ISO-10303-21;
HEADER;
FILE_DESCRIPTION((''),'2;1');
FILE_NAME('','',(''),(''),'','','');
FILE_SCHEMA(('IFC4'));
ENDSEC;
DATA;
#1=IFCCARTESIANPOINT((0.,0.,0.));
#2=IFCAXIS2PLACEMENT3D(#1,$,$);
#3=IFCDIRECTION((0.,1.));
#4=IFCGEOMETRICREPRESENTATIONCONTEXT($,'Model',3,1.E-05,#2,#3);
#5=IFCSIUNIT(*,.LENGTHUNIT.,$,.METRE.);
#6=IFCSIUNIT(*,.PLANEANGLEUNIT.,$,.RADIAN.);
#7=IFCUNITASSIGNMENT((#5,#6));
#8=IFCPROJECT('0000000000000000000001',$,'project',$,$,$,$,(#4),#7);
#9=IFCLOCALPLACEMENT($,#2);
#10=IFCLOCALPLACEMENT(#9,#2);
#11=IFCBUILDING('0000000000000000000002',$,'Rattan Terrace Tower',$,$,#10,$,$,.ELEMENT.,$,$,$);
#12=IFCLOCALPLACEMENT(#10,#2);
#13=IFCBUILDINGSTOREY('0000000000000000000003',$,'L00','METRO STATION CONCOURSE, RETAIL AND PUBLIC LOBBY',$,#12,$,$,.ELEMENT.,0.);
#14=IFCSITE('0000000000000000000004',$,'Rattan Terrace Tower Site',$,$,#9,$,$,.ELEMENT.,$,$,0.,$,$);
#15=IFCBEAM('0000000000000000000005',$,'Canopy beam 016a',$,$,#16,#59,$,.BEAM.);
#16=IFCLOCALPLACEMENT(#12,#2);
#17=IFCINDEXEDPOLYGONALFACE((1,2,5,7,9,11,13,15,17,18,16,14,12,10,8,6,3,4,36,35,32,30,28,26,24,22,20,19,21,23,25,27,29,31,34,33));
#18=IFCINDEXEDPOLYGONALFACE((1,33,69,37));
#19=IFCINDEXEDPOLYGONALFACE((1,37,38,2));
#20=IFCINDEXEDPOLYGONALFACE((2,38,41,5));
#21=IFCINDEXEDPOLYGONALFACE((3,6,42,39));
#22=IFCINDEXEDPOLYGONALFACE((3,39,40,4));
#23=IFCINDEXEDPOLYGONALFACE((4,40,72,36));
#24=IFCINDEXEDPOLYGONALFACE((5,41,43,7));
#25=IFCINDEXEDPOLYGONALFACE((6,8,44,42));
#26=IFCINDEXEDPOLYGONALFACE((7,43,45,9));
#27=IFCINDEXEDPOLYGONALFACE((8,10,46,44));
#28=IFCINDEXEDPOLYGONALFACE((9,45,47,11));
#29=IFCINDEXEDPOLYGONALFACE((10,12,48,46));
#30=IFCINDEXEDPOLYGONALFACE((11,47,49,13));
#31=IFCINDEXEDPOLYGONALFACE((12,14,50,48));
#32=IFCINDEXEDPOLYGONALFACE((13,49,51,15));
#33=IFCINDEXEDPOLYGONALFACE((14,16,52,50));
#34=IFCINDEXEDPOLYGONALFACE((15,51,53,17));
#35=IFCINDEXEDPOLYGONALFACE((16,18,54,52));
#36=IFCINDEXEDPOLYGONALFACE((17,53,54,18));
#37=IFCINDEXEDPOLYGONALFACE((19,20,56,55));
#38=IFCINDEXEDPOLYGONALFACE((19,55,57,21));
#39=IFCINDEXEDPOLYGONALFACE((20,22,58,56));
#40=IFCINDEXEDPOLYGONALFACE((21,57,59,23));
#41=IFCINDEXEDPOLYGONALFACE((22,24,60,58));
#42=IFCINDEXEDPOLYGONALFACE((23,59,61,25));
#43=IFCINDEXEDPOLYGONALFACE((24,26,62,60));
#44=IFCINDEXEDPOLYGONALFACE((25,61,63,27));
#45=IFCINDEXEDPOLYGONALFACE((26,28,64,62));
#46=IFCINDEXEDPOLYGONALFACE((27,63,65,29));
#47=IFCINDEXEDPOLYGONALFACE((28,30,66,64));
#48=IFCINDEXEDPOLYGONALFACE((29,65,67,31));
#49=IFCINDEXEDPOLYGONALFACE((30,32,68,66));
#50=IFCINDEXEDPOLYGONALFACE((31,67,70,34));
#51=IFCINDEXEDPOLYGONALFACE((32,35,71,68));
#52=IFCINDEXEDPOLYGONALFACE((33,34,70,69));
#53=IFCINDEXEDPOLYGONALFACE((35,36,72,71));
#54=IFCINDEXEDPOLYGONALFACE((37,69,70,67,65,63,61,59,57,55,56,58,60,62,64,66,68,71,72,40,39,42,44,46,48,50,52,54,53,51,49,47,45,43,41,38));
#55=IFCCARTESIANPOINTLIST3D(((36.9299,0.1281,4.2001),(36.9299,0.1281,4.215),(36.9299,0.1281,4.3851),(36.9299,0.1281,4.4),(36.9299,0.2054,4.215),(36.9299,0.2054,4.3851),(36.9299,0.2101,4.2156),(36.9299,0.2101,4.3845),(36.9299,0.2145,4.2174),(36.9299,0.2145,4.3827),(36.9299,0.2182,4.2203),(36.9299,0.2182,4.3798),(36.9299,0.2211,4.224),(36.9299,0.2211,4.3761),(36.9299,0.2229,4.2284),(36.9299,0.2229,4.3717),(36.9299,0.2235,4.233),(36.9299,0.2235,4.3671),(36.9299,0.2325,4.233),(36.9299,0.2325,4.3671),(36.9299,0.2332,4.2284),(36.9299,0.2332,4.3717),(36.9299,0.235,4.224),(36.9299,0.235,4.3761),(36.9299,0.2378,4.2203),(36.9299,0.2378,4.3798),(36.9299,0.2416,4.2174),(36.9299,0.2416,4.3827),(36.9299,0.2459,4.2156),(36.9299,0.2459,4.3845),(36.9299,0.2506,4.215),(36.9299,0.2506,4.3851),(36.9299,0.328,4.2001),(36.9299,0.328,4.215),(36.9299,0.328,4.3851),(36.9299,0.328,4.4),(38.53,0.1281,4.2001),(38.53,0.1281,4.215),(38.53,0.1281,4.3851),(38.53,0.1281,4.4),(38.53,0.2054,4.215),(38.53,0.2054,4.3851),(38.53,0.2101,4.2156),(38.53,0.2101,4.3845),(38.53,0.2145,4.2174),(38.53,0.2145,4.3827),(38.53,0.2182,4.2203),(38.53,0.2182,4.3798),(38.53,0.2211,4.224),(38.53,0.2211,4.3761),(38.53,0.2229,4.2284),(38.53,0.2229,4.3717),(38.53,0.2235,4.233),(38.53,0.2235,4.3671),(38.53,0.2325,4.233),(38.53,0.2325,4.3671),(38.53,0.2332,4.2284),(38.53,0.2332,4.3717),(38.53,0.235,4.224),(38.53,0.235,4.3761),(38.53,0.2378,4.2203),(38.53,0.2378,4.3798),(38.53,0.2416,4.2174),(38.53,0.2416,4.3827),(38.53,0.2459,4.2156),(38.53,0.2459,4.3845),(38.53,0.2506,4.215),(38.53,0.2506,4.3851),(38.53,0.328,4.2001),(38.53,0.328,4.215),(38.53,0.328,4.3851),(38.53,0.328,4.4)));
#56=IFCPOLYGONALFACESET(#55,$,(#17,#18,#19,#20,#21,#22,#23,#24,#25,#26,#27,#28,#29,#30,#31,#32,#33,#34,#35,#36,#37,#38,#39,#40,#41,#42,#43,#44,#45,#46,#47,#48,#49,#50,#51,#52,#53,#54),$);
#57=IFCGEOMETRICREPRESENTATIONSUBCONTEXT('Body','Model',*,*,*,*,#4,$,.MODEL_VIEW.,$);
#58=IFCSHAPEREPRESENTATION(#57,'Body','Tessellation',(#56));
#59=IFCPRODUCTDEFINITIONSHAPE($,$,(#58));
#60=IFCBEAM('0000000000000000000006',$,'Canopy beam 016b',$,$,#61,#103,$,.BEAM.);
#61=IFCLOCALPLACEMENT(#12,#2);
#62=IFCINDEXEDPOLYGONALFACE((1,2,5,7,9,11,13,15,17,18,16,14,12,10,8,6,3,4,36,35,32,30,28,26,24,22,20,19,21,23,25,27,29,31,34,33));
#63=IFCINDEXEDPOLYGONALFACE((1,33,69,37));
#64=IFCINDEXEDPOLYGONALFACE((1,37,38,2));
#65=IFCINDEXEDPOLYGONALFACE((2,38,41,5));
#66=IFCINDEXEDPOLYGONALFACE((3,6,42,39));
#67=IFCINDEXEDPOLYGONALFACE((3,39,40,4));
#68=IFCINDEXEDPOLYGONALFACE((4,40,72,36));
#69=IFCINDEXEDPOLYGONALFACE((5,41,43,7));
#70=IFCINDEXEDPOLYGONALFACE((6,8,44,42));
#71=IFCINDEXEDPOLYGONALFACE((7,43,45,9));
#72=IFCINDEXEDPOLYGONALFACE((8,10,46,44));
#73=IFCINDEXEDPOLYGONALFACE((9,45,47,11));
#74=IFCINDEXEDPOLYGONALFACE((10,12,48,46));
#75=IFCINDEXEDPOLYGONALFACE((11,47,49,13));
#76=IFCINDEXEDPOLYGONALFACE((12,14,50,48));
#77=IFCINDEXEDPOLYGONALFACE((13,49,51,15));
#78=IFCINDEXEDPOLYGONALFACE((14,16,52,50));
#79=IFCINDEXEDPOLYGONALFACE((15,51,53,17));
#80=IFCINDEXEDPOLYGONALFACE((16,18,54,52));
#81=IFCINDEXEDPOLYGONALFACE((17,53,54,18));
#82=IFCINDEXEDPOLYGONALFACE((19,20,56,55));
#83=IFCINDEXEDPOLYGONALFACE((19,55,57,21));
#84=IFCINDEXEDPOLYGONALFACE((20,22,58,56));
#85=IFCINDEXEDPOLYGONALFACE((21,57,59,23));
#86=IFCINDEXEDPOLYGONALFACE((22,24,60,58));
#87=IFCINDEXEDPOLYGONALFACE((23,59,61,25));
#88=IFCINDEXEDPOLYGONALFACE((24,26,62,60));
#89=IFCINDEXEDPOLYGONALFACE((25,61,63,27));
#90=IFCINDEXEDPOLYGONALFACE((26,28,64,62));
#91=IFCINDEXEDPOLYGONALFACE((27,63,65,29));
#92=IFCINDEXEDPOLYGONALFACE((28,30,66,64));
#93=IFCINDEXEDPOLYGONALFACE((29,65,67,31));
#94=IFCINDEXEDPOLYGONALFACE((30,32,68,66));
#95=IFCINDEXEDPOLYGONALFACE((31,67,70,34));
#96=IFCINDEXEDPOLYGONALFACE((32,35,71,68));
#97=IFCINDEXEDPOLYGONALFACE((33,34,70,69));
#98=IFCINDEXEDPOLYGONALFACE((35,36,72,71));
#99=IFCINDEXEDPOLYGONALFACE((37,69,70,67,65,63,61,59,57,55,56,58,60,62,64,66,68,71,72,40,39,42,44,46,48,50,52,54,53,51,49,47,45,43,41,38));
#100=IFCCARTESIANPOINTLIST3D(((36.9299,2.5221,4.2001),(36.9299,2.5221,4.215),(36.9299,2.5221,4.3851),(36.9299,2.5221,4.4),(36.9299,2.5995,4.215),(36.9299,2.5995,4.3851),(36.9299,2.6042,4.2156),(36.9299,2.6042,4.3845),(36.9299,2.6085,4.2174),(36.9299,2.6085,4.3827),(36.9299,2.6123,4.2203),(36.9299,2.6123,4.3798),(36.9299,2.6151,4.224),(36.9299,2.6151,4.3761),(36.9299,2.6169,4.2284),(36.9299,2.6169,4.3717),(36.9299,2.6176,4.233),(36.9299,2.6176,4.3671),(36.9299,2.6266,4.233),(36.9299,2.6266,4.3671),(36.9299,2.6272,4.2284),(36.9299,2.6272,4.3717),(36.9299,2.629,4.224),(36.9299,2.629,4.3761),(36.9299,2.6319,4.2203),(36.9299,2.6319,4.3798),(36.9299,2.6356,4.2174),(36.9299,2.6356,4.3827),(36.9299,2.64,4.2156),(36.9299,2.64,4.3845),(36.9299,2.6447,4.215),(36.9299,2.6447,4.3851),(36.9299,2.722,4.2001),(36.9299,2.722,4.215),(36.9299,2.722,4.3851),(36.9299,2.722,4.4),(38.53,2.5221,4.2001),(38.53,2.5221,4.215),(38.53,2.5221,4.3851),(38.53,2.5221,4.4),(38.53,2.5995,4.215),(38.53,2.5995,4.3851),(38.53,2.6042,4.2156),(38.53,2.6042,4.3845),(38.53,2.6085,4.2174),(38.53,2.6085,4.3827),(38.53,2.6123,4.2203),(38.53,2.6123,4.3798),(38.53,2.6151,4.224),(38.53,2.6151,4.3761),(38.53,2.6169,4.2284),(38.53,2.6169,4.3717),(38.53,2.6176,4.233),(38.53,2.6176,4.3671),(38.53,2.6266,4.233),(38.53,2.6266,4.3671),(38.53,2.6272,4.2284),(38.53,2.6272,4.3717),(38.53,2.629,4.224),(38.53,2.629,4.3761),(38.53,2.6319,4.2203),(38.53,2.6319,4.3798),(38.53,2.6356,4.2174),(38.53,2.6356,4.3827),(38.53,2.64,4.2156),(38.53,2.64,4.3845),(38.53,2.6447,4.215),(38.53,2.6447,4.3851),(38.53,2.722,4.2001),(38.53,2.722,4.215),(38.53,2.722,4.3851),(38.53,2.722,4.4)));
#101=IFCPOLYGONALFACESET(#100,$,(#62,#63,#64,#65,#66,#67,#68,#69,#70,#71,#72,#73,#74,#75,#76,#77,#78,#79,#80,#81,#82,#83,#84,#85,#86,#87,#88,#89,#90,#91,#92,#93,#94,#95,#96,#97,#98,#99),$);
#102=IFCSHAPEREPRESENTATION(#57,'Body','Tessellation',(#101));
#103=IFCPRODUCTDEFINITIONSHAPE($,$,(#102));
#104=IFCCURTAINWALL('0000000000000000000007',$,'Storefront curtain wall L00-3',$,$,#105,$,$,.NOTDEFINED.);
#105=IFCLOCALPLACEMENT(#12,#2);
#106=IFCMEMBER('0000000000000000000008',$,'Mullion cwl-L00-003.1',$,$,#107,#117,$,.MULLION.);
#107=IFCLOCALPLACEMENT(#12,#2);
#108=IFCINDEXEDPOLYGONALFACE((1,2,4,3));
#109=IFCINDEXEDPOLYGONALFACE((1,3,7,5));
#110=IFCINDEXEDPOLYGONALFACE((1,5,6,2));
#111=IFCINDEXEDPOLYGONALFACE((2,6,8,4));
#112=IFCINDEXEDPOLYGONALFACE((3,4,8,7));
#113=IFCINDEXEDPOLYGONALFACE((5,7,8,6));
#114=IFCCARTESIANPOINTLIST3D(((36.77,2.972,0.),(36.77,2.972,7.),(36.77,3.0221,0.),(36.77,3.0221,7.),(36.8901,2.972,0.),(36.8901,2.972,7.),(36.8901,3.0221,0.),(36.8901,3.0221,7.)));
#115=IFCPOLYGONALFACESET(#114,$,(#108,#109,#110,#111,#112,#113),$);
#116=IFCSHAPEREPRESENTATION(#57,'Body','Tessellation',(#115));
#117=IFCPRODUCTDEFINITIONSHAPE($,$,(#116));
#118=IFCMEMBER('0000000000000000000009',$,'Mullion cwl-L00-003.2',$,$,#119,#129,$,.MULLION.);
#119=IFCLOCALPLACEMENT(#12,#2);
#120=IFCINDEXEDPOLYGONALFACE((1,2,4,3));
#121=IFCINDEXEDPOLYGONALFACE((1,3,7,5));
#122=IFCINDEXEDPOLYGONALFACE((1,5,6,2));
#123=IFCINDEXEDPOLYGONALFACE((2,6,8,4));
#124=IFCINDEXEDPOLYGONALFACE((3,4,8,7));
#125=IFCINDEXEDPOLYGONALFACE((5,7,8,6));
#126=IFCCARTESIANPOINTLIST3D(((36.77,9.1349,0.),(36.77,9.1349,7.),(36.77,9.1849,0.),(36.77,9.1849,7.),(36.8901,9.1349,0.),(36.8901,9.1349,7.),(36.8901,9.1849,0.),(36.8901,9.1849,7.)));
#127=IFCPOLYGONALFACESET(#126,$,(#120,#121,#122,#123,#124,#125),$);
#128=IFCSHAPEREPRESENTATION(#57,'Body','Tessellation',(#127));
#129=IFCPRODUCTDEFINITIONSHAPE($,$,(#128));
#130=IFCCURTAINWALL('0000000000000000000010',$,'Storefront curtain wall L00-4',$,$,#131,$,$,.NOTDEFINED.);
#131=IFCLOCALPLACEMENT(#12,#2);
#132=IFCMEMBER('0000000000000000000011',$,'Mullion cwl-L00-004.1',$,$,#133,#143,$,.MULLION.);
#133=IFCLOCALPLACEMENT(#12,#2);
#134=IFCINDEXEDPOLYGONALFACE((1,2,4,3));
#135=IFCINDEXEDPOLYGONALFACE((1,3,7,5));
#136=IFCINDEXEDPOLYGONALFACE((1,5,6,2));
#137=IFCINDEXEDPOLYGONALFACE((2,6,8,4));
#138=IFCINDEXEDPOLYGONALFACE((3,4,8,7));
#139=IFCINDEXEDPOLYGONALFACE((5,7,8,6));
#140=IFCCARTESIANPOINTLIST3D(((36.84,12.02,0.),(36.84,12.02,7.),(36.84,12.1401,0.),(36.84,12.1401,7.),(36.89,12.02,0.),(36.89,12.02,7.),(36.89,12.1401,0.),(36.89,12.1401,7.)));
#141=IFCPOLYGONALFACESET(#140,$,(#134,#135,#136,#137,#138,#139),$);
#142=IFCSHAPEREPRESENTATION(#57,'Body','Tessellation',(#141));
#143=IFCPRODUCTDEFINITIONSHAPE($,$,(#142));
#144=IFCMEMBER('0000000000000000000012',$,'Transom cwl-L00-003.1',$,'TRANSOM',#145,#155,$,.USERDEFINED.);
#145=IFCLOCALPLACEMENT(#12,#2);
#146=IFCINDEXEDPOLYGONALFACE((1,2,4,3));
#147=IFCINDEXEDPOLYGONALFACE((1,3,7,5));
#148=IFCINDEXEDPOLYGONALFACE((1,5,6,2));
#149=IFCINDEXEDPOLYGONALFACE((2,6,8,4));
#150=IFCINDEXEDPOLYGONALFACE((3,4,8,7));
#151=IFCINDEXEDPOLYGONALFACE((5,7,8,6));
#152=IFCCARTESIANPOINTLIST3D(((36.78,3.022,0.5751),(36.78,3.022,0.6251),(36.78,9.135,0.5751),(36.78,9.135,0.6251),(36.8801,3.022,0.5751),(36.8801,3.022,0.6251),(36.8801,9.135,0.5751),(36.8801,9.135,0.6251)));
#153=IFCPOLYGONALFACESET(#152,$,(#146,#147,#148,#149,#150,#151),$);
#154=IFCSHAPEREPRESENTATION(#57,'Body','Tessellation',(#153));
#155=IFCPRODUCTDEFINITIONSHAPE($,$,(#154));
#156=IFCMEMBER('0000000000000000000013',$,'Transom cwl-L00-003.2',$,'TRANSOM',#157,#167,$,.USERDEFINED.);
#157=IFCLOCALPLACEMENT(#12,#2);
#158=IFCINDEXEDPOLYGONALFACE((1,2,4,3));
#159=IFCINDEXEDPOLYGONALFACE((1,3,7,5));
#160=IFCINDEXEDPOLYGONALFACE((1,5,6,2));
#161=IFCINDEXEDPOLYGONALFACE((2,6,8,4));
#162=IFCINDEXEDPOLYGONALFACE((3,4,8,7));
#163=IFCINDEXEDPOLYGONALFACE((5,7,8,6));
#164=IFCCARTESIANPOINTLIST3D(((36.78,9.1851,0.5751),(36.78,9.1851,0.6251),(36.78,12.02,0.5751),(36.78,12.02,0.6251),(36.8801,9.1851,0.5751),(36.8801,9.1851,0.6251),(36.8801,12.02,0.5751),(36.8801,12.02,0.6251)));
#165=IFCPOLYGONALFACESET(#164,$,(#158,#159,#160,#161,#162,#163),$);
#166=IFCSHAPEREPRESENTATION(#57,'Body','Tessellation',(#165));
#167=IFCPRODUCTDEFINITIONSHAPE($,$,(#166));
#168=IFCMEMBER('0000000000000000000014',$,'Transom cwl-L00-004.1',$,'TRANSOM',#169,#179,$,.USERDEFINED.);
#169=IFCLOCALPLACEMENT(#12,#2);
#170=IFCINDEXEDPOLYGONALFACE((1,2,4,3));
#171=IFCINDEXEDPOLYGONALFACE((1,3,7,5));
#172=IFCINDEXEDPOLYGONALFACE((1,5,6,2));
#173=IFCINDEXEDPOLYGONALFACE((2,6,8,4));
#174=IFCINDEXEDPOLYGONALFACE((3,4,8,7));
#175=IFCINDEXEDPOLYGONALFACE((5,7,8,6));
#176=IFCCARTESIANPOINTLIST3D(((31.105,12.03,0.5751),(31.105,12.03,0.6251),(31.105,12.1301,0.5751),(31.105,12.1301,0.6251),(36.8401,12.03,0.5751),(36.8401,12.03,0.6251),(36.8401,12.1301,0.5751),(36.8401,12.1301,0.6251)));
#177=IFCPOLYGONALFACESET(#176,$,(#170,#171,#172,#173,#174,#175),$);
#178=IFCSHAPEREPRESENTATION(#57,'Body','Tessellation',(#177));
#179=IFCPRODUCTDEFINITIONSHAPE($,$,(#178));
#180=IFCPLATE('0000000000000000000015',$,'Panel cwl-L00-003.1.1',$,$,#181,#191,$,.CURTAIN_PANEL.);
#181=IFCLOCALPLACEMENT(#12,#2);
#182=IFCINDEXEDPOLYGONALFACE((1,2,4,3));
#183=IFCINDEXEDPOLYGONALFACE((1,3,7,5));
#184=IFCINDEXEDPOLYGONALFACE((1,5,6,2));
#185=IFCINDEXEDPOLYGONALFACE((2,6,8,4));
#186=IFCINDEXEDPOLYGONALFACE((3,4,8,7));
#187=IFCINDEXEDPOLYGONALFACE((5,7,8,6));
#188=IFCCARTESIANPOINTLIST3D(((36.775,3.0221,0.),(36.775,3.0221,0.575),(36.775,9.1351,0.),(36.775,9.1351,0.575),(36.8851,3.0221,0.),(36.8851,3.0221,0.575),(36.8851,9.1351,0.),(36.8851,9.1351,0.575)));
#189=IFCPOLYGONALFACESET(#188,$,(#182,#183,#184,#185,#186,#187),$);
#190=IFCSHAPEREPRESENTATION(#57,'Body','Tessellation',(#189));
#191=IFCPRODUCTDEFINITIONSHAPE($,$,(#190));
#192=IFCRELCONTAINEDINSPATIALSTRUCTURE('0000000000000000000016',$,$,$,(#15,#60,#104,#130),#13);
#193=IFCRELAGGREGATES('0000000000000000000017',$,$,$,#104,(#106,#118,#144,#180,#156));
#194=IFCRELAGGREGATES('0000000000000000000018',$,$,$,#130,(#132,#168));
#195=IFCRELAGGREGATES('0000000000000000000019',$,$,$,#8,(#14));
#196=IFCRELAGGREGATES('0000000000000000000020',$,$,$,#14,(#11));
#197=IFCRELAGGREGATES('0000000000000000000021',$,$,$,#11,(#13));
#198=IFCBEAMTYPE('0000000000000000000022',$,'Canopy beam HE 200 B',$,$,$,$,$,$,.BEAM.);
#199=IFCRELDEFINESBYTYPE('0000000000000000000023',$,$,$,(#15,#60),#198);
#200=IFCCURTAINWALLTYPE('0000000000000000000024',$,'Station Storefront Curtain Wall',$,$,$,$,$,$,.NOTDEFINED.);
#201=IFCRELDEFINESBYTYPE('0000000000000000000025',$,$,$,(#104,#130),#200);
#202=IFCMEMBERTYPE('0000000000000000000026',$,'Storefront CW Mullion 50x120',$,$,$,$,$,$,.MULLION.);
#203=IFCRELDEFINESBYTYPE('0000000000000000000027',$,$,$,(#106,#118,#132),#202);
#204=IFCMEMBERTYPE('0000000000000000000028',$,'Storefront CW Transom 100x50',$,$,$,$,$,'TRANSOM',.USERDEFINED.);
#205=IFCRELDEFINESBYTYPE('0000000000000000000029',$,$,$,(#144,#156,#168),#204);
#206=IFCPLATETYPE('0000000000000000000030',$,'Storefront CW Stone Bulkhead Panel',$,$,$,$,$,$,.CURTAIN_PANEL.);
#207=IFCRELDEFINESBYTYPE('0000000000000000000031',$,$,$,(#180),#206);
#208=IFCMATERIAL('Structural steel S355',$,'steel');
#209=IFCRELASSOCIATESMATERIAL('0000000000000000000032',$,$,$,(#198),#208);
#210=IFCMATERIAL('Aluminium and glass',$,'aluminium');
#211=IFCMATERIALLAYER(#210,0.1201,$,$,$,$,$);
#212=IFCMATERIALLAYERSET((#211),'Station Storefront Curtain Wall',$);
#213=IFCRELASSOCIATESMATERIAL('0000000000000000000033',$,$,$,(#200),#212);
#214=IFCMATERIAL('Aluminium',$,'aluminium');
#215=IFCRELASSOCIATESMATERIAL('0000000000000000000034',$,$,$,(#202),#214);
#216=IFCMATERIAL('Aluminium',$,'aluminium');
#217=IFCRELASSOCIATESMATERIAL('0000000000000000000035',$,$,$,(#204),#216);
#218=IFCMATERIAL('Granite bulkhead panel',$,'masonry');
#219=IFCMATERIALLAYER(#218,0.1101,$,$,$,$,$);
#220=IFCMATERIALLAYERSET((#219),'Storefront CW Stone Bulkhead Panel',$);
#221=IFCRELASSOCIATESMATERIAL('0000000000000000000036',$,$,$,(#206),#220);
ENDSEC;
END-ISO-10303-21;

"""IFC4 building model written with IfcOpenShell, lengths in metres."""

from ifc_helpers import new_model, si_unit, direction, frame, origin, origin_2d, place, context, subcontext, project, spatial, rectangle, i_section, extrude, material, layer, layer_set, material_profile, profile_set, type_object, element, aggregate, save


model = new_model("IFC4")

# Units and contexts
model_context = context("Model", 3, precision=1e-05, world=origin(), true_north=direction((0.0, 1.0)))
body_context = subcontext(model_context, "Body", "Model", "MODEL_VIEW")
ifc_project = project(units=[si_unit("LENGTHUNIT", "METRE"), si_unit("PLANEANGLEUNIT", "RADIAN")], contexts=[model_context])

# Site, building, storey
site_placement = place(None, origin())
site = spatial("IfcSite", under=ifc_project, at=site_placement, Name="Rattan Terrace Tower Site", CompositionType="ELEMENT", RefElevation=0.0)
building_placement = place(site_placement, origin())
building = spatial("IfcBuilding", under=site, at=building_placement, Name="Rattan Terrace Tower", CompositionType="ELEMENT")
storey_placement = place(building_placement, origin())
storey = spatial("IfcBuildingStorey", under=building, at=storey_placement, Name="L00", Description="METRO STATION CONCOURSE, RETAIL AND PUBLIC LOBBY", CompositionType="ELEMENT", Elevation=0.0)

# Beams
ifc_material_1 = material(Name="Structural steel S355", Category="steel")
ifc_material_profile_1 = material_profile(ifc_material_1, i_section(OverallWidth=0.2, OverallDepth=0.2, WebThickness=0.009, FlangeThickness=0.0149, FilletRadius=0.0181, at=origin_2d()), Name="HE 200 B")
ifc_profile_set_1 = profile_set([ifc_material_profile_1], Name="Structural steel S355")
beam_type = type_object("IfcBeamType", Name="Canopy beam HE 200 B", PredefinedType="BEAM", material=ifc_profile_set_1)
for number, where, z_axis, x_axis, name in (
    (1, (36.9299, 0.228, 4.3), (1.0, 0.0, 0.0), (0.0, 1.0, 0.0), "Canopy beam 016a"),
    (2, (36.9299, 2.6221, 4.3), (1.0, 0.0, 0.0), (0.0, 1.0, 0.0), "Canopy beam 016b"),
):
    element("IfcBeam", number, at=place(storey_placement, frame(where, z_axis=z_axis, x_axis=x_axis)), inside=storey, type_object=beam_type, Name=name, PredefinedType="BEAM", context=body_context, shape_type="SweptSolid", body=[
        extrude(i_section(OverallWidth=0.2, OverallDepth=0.2, WebThickness=0.009, FlangeThickness=0.0149, FilletRadius=0.0181, at=origin_2d()), origin(), (0.0, 0.0, 1.0), 1.6001),
    ])

# Curtain wall, members
ifc_material_2 = material(Name="Aluminium and glass", Category="aluminium")
ifc_layer_1 = layer(ifc_material_2, 0.1201)
ifc_layer_set_1 = layer_set([ifc_layer_1], Name="Station Storefront Curtain Wall")
curtain_wall_type = type_object("IfcCurtainWallType", Name="Station Storefront Curtain Wall", PredefinedType="NOTDEFINED", material=ifc_layer_set_1)
curtain_wall_1_placement = place(storey_placement, origin())
curtain_wall_1 = element("IfcCurtainWall", 3, at=curtain_wall_1_placement, inside=storey, type_object=curtain_wall_type, Name="Storefront curtain wall L00-3", PredefinedType="NOTDEFINED")
ifc_material_3 = material(Name="Aluminium", Category="aluminium")
ifc_material_profile_2 = material_profile(ifc_material_3, rectangle(XDim=0.05, YDim=0.1201, at=origin_2d()), Name="Aluminium 50x120")
ifc_profile_set_2 = profile_set([ifc_material_profile_2], Name="Aluminium")
member_type_1 = type_object("IfcMemberType", Name="Storefront CW Mullion 50x120", PredefinedType="MULLION", material=ifc_profile_set_2)
member_1_placement = place(storey_placement, frame((36.8301, 2.9971, 0.0), z_axis=(0.0, 0.0, 1.0), x_axis=(0.0, 1.0, 0.0)))
member_1 = element("IfcMember", 4, at=member_1_placement, type_object=member_type_1, Name="Mullion cwl-L00-003.1", PredefinedType="MULLION", context=body_context, shape_type="SweptSolid", body=[
    extrude(rectangle(XDim=0.05, YDim=0.1201, at=origin_2d()), origin(), (0.0, 0.0, 1.0), 7.0),
])
member_2_placement = place(storey_placement, frame((36.8301, 9.1599, 0.0), z_axis=(0.0, 0.0, 1.0), x_axis=(0.0, 1.0, 0.0)))
member_2 = element("IfcMember", 5, at=member_2_placement, type_object=member_type_1, Name="Mullion cwl-L00-003.2", PredefinedType="MULLION", context=body_context, shape_type="SweptSolid", body=[
    extrude(rectangle(XDim=0.05, YDim=0.1201, at=origin_2d()), origin(), (0.0, 0.0, 1.0), 7.0),
])

# Curtain wall, member
curtain_wall_2_placement = place(storey_placement, origin())
curtain_wall_2 = element("IfcCurtainWall", 6, at=curtain_wall_2_placement, inside=storey, type_object=curtain_wall_type, Name="Storefront curtain wall L00-4", PredefinedType="NOTDEFINED")
member_3_placement = place(storey_placement, frame((36.865, 12.0801, 0.0), z_axis=(0.0, 0.0, 1.0), x_axis=(-1.0, 0.0, 0.0)))
member_3 = element("IfcMember", 7, at=member_3_placement, type_object=member_type_1, Name="Mullion cwl-L00-004.1", PredefinedType="MULLION", context=body_context, shape_type="SweptSolid", body=[
    extrude(rectangle(XDim=0.05, YDim=0.1201, at=origin_2d()), origin(), (0.0, 0.0, 1.0), 7.0),
])

# Members
ifc_material_4 = material(Name="Aluminium", Category="aluminium")
ifc_material_profile_3 = material_profile(ifc_material_4, rectangle(XDim=0.1001, YDim=0.05, at=origin_2d()), Name="Aluminium 100x50")
ifc_profile_set_3 = profile_set([ifc_material_profile_3], Name="Aluminium")
member_type_2 = type_object("IfcMemberType", Name="Storefront CW Transom 100x50", ElementType="TRANSOM", PredefinedType="USERDEFINED", material=ifc_profile_set_3)
member_4_placement = place(storey_placement, frame((36.8301, 3.022, 0.6001), z_axis=(0.0, 1.0, 0.0), x_axis=(-1.0, 0.0, 0.0)))
member_4 = element("IfcMember", 8, at=member_4_placement, type_object=member_type_2, Name="Transom cwl-L00-003.1", ObjectType="TRANSOM", PredefinedType="USERDEFINED", context=body_context, shape_type="SweptSolid", body=[
    extrude(rectangle(XDim=0.1001, YDim=0.05, at=origin_2d()), origin(), (0.0, 0.0, 1.0), 6.113),
])
member_5_placement = place(storey_placement, frame((36.8301, 9.1851, 0.6001), z_axis=(0.0, 1.0, 0.0), x_axis=(-1.0, 0.0, 0.0)))
member_5 = element("IfcMember", 9, at=member_5_placement, type_object=member_type_2, Name="Transom cwl-L00-003.2", ObjectType="TRANSOM", PredefinedType="USERDEFINED", context=body_context, shape_type="SweptSolid", body=[
    extrude(rectangle(XDim=0.1001, YDim=0.05, at=origin_2d()), origin(), (0.0, 0.0, 1.0), 2.835),
])
member_6_placement = place(storey_placement, frame((36.8401, 12.0801, 0.6001), z_axis=(-1.0, 0.0, 0.0), x_axis=(0.0, -1.0, 0.0)))
member_6 = element("IfcMember", 10, at=member_6_placement, type_object=member_type_2, Name="Transom cwl-L00-004.1", ObjectType="TRANSOM", PredefinedType="USERDEFINED", context=body_context, shape_type="SweptSolid", body=[
    extrude(rectangle(XDim=0.1001, YDim=0.05, at=origin_2d()), origin(), (0.0, 0.0, 1.0), 5.7351),
])

# Plate
ifc_material_5 = material(Name="Granite bulkhead panel", Category="masonry")
ifc_layer_2 = layer(ifc_material_5, 0.1101)
ifc_layer_set_2 = layer_set([ifc_layer_2], Name="Storefront CW Stone Bulkhead Panel")
plate_type_1 = type_object("IfcPlateType", Name="Storefront CW Stone Bulkhead Panel", PredefinedType="CURTAIN_PANEL", material=ifc_layer_set_2)
plate_1_placement = place(storey_placement, frame((36.8301, 6.0786, 0.0), z_axis=(0.0, 0.0, 1.0), x_axis=(0.0, 1.0, 0.0)))
plate_1 = element("IfcPlate", 11, at=plate_1_placement, type_object=plate_type_1, Name="Panel cwl-L00-003.1.1", PredefinedType="CURTAIN_PANEL", context=body_context, shape_type="SweptSolid", body=[
    extrude(rectangle(XDim=6.113, YDim=0.1101, at=origin_2d()), origin(), (0.0, 0.0, 1.0), 0.575),
])
aggregate(curtain_wall_1, [member_1, member_2, member_4, plate_1, member_5])
aggregate(curtain_wall_2, [member_3, member_6])

save(model, "model.ifc")
